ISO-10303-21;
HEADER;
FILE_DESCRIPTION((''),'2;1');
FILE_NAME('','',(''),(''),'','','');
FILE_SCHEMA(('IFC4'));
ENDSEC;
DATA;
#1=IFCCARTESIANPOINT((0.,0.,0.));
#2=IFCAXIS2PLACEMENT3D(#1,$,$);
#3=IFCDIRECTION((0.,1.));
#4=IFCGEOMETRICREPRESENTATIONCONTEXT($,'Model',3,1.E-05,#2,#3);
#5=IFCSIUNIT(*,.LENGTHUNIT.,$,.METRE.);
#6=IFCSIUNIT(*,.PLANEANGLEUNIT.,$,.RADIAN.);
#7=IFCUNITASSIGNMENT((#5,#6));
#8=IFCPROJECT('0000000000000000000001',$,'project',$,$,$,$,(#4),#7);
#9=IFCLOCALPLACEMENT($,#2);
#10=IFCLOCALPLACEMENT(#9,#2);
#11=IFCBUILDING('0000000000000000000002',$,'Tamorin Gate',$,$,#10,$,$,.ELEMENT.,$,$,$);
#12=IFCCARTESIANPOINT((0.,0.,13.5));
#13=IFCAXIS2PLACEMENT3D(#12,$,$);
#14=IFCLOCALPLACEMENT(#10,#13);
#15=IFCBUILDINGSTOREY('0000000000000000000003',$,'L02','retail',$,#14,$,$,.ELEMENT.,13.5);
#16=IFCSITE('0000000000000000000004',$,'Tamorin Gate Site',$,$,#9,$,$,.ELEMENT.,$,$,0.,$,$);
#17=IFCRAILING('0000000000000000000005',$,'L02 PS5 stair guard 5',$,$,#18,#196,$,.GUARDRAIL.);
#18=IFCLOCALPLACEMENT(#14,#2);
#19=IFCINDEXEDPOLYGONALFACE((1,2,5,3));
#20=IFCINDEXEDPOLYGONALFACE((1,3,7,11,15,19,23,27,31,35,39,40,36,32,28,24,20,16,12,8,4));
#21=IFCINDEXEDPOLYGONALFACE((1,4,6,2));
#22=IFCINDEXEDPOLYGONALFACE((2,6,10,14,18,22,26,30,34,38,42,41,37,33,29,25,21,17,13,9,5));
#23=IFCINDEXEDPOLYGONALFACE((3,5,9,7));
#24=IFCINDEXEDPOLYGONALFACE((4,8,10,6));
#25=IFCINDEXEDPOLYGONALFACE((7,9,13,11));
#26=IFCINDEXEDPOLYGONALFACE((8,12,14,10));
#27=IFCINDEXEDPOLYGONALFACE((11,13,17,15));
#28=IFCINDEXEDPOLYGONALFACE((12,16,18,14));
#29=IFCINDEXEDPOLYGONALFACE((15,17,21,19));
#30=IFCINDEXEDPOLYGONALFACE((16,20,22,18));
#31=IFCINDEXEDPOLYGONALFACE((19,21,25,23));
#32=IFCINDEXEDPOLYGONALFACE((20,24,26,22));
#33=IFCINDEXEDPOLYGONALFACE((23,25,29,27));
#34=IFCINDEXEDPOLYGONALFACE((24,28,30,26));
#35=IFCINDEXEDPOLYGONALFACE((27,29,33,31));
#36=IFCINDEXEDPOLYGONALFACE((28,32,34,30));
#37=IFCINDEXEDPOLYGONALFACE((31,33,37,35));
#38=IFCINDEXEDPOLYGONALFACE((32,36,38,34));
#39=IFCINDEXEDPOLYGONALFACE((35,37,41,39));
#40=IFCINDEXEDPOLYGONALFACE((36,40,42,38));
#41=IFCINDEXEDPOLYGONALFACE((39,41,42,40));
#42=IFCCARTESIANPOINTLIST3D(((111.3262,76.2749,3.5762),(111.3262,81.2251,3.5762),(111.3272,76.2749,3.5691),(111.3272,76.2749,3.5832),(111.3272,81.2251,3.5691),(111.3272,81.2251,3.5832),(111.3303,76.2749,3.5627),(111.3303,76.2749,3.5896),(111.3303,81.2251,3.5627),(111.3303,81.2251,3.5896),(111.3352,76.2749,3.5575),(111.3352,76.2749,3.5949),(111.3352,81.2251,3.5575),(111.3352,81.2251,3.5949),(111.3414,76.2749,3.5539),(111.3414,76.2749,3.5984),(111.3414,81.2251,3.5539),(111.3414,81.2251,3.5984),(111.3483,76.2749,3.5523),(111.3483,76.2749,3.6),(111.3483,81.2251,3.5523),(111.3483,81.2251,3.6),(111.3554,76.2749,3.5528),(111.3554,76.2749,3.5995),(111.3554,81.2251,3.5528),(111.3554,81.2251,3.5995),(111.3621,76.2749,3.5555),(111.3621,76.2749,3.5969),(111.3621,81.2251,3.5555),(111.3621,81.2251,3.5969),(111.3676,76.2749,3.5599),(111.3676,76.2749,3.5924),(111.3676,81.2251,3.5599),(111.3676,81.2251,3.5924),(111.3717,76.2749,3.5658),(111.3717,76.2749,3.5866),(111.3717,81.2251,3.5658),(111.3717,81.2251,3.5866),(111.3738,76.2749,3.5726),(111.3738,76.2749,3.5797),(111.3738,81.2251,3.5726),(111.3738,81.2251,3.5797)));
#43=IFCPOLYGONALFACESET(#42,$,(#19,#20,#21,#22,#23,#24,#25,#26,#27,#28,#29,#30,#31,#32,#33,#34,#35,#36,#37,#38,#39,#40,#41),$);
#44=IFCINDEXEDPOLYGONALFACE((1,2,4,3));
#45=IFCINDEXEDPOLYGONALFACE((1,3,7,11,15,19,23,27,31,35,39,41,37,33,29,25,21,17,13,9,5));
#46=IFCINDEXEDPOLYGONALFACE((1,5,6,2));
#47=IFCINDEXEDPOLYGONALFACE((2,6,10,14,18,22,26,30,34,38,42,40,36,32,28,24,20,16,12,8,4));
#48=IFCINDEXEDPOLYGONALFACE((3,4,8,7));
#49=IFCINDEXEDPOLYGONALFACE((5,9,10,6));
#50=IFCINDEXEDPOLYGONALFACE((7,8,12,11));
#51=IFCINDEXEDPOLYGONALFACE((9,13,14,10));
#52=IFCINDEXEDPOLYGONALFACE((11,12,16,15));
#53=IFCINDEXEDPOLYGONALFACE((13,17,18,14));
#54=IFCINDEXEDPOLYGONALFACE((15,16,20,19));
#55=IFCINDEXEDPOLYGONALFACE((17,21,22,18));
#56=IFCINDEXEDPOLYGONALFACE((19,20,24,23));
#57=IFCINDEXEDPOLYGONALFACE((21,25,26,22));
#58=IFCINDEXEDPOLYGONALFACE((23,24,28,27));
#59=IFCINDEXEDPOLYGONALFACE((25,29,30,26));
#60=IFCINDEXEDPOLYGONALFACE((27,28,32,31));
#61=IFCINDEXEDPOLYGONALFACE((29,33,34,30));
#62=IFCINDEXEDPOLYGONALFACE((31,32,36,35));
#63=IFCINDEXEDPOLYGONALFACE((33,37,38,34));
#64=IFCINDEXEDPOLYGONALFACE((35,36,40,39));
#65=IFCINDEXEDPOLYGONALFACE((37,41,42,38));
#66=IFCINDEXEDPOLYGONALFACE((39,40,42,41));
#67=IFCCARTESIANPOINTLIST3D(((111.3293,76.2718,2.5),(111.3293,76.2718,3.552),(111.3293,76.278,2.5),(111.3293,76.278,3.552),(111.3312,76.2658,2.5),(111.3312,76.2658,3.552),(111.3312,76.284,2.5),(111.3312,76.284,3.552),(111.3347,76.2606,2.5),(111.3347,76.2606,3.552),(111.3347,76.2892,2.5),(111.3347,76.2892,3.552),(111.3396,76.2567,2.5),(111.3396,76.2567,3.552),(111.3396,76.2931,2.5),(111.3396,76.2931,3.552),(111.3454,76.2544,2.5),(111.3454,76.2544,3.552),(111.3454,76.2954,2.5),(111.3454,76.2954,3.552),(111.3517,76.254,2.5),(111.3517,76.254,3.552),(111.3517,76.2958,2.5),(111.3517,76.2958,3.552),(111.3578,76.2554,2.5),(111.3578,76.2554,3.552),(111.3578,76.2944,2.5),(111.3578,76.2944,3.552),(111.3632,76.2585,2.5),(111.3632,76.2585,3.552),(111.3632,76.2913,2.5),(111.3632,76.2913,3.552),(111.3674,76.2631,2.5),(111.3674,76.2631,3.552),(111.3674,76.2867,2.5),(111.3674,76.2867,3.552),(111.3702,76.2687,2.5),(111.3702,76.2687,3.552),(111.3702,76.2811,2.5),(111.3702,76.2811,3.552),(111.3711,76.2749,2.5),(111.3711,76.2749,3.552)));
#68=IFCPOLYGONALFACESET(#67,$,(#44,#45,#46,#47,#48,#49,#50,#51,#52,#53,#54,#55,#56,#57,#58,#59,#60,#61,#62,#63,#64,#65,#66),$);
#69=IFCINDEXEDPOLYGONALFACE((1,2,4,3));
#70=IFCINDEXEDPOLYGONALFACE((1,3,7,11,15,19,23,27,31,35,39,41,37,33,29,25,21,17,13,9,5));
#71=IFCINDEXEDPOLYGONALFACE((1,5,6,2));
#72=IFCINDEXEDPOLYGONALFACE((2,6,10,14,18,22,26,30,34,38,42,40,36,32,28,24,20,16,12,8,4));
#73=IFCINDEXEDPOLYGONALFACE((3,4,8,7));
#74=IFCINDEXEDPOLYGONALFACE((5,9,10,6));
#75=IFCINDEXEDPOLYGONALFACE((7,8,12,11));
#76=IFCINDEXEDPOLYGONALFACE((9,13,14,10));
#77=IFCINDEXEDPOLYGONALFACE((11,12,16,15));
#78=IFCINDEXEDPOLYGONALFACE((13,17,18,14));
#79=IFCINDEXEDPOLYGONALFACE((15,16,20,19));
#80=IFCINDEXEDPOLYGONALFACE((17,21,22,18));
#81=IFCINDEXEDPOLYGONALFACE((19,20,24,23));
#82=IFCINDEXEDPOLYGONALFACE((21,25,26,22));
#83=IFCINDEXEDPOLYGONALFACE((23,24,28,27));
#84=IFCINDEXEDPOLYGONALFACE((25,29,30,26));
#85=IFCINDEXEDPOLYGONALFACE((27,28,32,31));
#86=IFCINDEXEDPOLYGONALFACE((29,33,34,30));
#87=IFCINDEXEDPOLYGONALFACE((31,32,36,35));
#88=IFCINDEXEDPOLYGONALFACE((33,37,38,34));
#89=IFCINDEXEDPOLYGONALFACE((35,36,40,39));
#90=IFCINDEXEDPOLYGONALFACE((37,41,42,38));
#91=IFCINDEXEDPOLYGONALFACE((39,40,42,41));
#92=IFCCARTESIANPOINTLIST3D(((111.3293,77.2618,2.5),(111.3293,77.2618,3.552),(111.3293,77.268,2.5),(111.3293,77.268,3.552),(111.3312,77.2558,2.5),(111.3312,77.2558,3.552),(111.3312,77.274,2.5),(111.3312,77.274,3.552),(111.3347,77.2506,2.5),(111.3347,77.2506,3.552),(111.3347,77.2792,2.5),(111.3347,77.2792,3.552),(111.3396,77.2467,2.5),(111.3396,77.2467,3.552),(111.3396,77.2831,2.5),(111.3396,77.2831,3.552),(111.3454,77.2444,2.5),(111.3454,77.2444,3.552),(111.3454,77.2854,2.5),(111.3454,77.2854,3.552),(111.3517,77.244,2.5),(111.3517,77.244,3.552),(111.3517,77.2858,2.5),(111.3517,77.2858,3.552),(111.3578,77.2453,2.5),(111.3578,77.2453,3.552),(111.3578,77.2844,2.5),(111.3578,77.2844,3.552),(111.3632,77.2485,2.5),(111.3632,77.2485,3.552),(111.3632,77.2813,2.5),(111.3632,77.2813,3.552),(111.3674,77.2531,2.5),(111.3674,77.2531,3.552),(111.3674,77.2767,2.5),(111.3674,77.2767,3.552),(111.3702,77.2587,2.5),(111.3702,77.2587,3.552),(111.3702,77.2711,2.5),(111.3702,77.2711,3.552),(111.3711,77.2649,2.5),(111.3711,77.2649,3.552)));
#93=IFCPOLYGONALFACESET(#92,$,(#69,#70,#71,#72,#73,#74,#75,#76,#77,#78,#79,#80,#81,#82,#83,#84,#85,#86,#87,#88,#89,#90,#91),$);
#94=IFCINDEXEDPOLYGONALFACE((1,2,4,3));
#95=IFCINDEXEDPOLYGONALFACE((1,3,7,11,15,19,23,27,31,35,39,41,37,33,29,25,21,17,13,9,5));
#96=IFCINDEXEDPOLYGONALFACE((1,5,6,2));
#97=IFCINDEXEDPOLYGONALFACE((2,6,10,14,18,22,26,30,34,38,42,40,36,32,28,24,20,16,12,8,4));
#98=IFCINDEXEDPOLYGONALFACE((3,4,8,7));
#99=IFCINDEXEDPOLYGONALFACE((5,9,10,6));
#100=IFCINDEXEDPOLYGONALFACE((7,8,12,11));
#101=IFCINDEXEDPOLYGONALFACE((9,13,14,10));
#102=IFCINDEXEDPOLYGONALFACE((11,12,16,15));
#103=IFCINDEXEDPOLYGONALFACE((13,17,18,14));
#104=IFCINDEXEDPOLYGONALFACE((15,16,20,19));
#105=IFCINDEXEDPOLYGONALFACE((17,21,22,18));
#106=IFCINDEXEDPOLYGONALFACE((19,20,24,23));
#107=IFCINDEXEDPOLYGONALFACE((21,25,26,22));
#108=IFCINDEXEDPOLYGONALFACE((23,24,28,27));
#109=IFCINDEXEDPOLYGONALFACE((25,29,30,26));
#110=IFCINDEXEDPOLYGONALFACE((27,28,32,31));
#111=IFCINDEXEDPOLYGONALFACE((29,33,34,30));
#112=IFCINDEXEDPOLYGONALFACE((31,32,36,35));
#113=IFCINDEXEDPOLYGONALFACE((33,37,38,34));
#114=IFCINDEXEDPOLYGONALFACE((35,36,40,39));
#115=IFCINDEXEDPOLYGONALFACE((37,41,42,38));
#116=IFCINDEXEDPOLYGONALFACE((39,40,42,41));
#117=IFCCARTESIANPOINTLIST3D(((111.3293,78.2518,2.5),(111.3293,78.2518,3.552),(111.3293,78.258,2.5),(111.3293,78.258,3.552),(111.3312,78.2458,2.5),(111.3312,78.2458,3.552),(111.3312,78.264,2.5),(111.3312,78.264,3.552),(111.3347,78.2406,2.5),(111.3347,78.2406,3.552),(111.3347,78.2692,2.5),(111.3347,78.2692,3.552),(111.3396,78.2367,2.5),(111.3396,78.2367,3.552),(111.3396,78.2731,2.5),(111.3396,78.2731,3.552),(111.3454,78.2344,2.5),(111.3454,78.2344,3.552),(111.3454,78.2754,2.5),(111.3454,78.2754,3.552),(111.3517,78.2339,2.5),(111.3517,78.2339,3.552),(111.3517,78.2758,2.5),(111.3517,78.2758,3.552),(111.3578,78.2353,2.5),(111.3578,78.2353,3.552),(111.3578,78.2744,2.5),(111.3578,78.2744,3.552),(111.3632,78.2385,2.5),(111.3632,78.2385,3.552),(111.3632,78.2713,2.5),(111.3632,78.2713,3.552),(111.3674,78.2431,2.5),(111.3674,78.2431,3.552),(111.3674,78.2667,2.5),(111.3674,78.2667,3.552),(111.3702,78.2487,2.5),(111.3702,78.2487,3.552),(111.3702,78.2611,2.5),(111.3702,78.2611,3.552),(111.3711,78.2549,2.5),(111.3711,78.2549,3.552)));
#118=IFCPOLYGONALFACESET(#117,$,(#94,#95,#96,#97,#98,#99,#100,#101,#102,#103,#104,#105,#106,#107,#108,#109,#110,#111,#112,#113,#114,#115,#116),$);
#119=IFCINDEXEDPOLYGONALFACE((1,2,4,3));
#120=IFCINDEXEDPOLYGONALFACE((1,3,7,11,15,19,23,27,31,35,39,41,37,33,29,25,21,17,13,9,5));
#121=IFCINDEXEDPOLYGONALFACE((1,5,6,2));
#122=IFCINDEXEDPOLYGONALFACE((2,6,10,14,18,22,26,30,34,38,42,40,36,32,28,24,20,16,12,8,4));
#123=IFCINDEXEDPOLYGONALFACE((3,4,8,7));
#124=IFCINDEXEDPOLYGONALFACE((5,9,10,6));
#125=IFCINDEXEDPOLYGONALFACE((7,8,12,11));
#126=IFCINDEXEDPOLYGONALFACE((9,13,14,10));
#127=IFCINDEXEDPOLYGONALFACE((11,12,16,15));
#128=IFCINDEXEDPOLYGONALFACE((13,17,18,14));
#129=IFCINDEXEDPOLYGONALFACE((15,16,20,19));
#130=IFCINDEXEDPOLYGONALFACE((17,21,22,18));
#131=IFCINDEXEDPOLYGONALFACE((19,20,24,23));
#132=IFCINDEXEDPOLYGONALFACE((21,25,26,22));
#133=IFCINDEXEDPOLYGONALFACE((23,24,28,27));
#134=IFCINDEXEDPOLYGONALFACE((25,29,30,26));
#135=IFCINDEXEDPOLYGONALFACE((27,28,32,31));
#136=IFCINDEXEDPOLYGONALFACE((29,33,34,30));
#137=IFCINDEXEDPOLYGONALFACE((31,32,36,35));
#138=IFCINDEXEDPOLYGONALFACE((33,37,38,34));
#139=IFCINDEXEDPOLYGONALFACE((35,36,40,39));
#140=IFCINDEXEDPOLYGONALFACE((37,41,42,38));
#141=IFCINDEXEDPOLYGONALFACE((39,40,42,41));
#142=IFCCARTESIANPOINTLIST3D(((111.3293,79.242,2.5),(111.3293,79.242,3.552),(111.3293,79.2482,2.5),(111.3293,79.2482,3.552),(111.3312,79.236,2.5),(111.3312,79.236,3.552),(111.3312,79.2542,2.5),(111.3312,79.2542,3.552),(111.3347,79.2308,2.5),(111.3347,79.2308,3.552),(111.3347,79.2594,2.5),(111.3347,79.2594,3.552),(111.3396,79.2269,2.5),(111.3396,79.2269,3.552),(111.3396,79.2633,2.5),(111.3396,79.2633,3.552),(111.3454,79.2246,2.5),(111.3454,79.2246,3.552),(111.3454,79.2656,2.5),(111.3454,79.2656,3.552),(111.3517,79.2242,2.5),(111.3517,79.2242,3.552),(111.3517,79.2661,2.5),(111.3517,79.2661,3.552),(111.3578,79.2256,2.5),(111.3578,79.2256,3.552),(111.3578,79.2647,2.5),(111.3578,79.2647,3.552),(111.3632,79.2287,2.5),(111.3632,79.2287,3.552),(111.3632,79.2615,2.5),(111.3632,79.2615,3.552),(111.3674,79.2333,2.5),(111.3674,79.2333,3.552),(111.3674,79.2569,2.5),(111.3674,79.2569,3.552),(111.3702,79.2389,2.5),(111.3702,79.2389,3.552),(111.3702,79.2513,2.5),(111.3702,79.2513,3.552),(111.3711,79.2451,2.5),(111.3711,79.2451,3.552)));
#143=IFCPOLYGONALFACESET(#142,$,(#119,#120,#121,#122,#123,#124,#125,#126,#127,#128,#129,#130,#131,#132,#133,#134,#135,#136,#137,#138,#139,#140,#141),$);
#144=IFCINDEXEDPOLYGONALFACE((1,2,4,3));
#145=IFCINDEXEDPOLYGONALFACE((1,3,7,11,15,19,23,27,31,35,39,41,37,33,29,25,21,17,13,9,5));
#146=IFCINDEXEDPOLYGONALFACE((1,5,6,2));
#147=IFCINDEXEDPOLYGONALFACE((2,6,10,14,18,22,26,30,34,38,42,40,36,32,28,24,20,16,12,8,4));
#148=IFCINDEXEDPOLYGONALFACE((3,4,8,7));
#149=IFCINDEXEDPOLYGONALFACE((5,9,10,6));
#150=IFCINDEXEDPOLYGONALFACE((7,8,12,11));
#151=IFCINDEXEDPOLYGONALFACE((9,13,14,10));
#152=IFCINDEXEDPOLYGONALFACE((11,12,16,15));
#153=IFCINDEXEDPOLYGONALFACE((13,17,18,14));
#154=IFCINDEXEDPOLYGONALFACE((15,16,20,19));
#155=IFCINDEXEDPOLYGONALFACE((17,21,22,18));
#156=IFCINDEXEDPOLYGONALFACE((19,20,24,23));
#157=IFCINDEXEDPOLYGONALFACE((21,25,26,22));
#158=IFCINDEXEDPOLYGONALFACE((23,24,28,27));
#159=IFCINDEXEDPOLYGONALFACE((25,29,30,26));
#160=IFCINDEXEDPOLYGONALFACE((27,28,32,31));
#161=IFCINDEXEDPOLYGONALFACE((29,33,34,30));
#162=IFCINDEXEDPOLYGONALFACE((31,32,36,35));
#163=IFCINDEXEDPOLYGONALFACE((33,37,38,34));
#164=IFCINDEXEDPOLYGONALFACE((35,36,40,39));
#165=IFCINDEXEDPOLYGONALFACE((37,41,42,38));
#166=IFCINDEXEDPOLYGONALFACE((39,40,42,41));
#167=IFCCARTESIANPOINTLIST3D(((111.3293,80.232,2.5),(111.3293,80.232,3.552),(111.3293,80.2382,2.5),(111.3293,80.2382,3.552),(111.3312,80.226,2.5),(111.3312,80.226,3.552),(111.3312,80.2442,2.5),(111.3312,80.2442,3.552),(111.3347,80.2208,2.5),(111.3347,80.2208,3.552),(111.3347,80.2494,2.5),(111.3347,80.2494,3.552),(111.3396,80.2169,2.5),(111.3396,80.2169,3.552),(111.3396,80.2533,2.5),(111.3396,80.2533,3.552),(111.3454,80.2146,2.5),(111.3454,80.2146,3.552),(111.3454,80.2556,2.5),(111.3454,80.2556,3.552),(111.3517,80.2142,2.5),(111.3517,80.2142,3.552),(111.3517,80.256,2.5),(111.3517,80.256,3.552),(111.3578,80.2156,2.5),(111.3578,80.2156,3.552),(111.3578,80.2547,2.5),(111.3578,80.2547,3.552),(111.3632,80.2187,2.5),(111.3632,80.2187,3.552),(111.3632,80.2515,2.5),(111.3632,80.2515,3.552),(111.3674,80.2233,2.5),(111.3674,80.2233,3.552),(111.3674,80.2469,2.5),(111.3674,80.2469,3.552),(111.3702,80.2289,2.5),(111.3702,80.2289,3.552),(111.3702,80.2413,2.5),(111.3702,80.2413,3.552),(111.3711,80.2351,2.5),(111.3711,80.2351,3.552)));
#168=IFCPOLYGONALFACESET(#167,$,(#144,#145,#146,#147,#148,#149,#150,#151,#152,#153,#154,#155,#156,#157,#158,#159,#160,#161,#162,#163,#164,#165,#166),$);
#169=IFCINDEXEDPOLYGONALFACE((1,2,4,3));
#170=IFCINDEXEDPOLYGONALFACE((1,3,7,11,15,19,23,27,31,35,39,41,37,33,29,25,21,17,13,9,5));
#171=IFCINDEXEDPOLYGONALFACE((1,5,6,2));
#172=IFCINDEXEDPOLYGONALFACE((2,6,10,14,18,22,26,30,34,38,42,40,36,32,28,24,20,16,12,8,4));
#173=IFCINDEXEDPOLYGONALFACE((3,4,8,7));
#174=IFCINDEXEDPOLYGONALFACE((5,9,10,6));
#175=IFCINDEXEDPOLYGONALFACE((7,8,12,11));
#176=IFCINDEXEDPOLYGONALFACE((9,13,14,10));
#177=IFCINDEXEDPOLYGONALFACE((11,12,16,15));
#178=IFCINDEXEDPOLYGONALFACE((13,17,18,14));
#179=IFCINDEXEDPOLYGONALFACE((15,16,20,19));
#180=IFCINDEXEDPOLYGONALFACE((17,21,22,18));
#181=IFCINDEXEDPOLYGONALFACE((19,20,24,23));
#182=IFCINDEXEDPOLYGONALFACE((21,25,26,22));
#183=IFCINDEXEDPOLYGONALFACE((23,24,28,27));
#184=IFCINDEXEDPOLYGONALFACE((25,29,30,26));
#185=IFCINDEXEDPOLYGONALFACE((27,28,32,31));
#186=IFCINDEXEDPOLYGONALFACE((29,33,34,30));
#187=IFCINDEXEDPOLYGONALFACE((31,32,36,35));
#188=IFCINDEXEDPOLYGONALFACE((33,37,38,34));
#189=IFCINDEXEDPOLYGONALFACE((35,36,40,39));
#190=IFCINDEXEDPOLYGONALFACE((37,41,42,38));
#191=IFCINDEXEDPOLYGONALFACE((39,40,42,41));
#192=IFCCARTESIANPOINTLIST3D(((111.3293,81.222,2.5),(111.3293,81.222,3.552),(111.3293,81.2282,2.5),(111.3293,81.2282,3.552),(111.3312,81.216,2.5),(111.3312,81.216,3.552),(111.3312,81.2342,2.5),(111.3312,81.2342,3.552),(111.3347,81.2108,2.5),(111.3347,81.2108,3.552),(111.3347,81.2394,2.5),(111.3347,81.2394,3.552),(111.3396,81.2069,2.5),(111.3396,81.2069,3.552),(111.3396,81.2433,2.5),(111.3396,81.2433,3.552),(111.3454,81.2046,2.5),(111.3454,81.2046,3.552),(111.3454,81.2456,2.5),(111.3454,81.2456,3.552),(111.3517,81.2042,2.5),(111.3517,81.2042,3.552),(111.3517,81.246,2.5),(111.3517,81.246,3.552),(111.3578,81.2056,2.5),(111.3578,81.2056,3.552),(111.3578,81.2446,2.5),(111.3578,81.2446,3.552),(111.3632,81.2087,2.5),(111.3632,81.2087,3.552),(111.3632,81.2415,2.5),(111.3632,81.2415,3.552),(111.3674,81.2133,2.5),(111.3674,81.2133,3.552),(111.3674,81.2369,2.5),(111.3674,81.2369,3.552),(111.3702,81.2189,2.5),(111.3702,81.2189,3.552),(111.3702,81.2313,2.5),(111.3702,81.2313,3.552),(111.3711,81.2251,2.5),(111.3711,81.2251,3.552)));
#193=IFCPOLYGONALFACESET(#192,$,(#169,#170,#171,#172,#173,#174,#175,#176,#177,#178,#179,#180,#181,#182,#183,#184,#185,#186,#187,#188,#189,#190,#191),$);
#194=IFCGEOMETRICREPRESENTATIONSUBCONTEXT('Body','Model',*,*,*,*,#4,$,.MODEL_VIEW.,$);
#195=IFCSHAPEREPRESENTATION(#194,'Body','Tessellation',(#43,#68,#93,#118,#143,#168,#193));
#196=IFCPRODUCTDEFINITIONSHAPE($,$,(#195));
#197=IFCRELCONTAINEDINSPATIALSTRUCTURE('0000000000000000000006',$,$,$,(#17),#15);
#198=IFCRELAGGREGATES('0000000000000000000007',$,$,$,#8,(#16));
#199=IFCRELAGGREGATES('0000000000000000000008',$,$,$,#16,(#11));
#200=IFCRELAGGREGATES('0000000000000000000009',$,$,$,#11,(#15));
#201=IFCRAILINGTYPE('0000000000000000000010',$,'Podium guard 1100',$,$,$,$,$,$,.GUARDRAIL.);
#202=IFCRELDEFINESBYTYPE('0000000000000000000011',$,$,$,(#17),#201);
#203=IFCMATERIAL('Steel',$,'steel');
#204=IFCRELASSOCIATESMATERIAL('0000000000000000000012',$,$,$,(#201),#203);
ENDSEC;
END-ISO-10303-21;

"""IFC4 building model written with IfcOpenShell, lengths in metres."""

from ifc_helpers import new_model, si_unit, direction, frame, origin, origin_2d, place, context, subcontext, project, spatial, circle, extrude, material, type_object, element, save


model = new_model("IFC4")

# Units and contexts
model_context = context("Model", 3, precision=1e-05, world=origin(), true_north=direction((0.0, 1.0)))
body_context = subcontext(model_context, "Body", "Model", "MODEL_VIEW")
ifc_project = project(units=[si_unit("LENGTHUNIT", "METRE"), si_unit("PLANEANGLEUNIT", "RADIAN")], contexts=[model_context])

# Site, building, storey
site_placement = place(None, origin())
site = spatial("IfcSite", under=ifc_project, at=site_placement, Name="Tamorin Gate Site", CompositionType="ELEMENT", RefElevation=0.0)
building_placement = place(site_placement, origin())
building = spatial("IfcBuilding", under=site, at=building_placement, Name="Tamorin Gate", CompositionType="ELEMENT")
storey_placement = place(building_placement, frame((0.0, 0.0, 13.5)))
storey = spatial("IfcBuildingStorey", under=building, at=storey_placement, Name="L02", Description="retail", CompositionType="ELEMENT", Elevation=13.5)

# Railing
ifc_material_1 = material(Name="Steel", Category="steel")
railing_type_1 = type_object("IfcRailingType", Name="Podium guard 1100", PredefinedType="GUARDRAIL", material=ifc_material_1)
railing_1_placement = place(storey_placement, frame((111.3501, 76.2749, 2.5)))
element("IfcRailing", 1, at=railing_1_placement, inside=storey, type_object=railing_type_1, Name="L02 PS5 stair guard 5", PredefinedType="GUARDRAIL", context=body_context, shape_type="SweptSolid", body=[
    extrude(circle(Radius=0.0239, at=origin_2d()), frame((0.0, 0.0, 1.0762), z_axis=(0.0, 1.0, 0.0), x_axis=(-1.0, 0.0, 0.0)), (0.0, 0.0, 1.0), 4.9502),
    extrude(circle(Radius=0.021, at=origin_2d()), origin(), (0.0, 0.0, 1.0), 1.052),
    extrude(circle(Radius=0.021, at=origin_2d()), frame((0.0, 0.99, 0.0)), (0.0, 0.0, 1.0), 1.052),
    extrude(circle(Radius=0.021, at=origin_2d()), frame((0.0, 1.98, 0.0)), (0.0, 0.0, 1.0), 1.052),
    extrude(circle(Radius=0.021, at=origin_2d()), frame((0.0, 2.9702, 0.0)), (0.0, 0.0, 1.0), 1.052),
    extrude(circle(Radius=0.021, at=origin_2d()), frame((0.0, 3.9602, 0.0)), (0.0, 0.0, 1.0), 1.052),
    extrude(circle(Radius=0.021, at=origin_2d()), frame((0.0, 4.9502, 0.0)), (0.0, 0.0, 1.0), 1.052),
])

save(model, "model.ifc")
